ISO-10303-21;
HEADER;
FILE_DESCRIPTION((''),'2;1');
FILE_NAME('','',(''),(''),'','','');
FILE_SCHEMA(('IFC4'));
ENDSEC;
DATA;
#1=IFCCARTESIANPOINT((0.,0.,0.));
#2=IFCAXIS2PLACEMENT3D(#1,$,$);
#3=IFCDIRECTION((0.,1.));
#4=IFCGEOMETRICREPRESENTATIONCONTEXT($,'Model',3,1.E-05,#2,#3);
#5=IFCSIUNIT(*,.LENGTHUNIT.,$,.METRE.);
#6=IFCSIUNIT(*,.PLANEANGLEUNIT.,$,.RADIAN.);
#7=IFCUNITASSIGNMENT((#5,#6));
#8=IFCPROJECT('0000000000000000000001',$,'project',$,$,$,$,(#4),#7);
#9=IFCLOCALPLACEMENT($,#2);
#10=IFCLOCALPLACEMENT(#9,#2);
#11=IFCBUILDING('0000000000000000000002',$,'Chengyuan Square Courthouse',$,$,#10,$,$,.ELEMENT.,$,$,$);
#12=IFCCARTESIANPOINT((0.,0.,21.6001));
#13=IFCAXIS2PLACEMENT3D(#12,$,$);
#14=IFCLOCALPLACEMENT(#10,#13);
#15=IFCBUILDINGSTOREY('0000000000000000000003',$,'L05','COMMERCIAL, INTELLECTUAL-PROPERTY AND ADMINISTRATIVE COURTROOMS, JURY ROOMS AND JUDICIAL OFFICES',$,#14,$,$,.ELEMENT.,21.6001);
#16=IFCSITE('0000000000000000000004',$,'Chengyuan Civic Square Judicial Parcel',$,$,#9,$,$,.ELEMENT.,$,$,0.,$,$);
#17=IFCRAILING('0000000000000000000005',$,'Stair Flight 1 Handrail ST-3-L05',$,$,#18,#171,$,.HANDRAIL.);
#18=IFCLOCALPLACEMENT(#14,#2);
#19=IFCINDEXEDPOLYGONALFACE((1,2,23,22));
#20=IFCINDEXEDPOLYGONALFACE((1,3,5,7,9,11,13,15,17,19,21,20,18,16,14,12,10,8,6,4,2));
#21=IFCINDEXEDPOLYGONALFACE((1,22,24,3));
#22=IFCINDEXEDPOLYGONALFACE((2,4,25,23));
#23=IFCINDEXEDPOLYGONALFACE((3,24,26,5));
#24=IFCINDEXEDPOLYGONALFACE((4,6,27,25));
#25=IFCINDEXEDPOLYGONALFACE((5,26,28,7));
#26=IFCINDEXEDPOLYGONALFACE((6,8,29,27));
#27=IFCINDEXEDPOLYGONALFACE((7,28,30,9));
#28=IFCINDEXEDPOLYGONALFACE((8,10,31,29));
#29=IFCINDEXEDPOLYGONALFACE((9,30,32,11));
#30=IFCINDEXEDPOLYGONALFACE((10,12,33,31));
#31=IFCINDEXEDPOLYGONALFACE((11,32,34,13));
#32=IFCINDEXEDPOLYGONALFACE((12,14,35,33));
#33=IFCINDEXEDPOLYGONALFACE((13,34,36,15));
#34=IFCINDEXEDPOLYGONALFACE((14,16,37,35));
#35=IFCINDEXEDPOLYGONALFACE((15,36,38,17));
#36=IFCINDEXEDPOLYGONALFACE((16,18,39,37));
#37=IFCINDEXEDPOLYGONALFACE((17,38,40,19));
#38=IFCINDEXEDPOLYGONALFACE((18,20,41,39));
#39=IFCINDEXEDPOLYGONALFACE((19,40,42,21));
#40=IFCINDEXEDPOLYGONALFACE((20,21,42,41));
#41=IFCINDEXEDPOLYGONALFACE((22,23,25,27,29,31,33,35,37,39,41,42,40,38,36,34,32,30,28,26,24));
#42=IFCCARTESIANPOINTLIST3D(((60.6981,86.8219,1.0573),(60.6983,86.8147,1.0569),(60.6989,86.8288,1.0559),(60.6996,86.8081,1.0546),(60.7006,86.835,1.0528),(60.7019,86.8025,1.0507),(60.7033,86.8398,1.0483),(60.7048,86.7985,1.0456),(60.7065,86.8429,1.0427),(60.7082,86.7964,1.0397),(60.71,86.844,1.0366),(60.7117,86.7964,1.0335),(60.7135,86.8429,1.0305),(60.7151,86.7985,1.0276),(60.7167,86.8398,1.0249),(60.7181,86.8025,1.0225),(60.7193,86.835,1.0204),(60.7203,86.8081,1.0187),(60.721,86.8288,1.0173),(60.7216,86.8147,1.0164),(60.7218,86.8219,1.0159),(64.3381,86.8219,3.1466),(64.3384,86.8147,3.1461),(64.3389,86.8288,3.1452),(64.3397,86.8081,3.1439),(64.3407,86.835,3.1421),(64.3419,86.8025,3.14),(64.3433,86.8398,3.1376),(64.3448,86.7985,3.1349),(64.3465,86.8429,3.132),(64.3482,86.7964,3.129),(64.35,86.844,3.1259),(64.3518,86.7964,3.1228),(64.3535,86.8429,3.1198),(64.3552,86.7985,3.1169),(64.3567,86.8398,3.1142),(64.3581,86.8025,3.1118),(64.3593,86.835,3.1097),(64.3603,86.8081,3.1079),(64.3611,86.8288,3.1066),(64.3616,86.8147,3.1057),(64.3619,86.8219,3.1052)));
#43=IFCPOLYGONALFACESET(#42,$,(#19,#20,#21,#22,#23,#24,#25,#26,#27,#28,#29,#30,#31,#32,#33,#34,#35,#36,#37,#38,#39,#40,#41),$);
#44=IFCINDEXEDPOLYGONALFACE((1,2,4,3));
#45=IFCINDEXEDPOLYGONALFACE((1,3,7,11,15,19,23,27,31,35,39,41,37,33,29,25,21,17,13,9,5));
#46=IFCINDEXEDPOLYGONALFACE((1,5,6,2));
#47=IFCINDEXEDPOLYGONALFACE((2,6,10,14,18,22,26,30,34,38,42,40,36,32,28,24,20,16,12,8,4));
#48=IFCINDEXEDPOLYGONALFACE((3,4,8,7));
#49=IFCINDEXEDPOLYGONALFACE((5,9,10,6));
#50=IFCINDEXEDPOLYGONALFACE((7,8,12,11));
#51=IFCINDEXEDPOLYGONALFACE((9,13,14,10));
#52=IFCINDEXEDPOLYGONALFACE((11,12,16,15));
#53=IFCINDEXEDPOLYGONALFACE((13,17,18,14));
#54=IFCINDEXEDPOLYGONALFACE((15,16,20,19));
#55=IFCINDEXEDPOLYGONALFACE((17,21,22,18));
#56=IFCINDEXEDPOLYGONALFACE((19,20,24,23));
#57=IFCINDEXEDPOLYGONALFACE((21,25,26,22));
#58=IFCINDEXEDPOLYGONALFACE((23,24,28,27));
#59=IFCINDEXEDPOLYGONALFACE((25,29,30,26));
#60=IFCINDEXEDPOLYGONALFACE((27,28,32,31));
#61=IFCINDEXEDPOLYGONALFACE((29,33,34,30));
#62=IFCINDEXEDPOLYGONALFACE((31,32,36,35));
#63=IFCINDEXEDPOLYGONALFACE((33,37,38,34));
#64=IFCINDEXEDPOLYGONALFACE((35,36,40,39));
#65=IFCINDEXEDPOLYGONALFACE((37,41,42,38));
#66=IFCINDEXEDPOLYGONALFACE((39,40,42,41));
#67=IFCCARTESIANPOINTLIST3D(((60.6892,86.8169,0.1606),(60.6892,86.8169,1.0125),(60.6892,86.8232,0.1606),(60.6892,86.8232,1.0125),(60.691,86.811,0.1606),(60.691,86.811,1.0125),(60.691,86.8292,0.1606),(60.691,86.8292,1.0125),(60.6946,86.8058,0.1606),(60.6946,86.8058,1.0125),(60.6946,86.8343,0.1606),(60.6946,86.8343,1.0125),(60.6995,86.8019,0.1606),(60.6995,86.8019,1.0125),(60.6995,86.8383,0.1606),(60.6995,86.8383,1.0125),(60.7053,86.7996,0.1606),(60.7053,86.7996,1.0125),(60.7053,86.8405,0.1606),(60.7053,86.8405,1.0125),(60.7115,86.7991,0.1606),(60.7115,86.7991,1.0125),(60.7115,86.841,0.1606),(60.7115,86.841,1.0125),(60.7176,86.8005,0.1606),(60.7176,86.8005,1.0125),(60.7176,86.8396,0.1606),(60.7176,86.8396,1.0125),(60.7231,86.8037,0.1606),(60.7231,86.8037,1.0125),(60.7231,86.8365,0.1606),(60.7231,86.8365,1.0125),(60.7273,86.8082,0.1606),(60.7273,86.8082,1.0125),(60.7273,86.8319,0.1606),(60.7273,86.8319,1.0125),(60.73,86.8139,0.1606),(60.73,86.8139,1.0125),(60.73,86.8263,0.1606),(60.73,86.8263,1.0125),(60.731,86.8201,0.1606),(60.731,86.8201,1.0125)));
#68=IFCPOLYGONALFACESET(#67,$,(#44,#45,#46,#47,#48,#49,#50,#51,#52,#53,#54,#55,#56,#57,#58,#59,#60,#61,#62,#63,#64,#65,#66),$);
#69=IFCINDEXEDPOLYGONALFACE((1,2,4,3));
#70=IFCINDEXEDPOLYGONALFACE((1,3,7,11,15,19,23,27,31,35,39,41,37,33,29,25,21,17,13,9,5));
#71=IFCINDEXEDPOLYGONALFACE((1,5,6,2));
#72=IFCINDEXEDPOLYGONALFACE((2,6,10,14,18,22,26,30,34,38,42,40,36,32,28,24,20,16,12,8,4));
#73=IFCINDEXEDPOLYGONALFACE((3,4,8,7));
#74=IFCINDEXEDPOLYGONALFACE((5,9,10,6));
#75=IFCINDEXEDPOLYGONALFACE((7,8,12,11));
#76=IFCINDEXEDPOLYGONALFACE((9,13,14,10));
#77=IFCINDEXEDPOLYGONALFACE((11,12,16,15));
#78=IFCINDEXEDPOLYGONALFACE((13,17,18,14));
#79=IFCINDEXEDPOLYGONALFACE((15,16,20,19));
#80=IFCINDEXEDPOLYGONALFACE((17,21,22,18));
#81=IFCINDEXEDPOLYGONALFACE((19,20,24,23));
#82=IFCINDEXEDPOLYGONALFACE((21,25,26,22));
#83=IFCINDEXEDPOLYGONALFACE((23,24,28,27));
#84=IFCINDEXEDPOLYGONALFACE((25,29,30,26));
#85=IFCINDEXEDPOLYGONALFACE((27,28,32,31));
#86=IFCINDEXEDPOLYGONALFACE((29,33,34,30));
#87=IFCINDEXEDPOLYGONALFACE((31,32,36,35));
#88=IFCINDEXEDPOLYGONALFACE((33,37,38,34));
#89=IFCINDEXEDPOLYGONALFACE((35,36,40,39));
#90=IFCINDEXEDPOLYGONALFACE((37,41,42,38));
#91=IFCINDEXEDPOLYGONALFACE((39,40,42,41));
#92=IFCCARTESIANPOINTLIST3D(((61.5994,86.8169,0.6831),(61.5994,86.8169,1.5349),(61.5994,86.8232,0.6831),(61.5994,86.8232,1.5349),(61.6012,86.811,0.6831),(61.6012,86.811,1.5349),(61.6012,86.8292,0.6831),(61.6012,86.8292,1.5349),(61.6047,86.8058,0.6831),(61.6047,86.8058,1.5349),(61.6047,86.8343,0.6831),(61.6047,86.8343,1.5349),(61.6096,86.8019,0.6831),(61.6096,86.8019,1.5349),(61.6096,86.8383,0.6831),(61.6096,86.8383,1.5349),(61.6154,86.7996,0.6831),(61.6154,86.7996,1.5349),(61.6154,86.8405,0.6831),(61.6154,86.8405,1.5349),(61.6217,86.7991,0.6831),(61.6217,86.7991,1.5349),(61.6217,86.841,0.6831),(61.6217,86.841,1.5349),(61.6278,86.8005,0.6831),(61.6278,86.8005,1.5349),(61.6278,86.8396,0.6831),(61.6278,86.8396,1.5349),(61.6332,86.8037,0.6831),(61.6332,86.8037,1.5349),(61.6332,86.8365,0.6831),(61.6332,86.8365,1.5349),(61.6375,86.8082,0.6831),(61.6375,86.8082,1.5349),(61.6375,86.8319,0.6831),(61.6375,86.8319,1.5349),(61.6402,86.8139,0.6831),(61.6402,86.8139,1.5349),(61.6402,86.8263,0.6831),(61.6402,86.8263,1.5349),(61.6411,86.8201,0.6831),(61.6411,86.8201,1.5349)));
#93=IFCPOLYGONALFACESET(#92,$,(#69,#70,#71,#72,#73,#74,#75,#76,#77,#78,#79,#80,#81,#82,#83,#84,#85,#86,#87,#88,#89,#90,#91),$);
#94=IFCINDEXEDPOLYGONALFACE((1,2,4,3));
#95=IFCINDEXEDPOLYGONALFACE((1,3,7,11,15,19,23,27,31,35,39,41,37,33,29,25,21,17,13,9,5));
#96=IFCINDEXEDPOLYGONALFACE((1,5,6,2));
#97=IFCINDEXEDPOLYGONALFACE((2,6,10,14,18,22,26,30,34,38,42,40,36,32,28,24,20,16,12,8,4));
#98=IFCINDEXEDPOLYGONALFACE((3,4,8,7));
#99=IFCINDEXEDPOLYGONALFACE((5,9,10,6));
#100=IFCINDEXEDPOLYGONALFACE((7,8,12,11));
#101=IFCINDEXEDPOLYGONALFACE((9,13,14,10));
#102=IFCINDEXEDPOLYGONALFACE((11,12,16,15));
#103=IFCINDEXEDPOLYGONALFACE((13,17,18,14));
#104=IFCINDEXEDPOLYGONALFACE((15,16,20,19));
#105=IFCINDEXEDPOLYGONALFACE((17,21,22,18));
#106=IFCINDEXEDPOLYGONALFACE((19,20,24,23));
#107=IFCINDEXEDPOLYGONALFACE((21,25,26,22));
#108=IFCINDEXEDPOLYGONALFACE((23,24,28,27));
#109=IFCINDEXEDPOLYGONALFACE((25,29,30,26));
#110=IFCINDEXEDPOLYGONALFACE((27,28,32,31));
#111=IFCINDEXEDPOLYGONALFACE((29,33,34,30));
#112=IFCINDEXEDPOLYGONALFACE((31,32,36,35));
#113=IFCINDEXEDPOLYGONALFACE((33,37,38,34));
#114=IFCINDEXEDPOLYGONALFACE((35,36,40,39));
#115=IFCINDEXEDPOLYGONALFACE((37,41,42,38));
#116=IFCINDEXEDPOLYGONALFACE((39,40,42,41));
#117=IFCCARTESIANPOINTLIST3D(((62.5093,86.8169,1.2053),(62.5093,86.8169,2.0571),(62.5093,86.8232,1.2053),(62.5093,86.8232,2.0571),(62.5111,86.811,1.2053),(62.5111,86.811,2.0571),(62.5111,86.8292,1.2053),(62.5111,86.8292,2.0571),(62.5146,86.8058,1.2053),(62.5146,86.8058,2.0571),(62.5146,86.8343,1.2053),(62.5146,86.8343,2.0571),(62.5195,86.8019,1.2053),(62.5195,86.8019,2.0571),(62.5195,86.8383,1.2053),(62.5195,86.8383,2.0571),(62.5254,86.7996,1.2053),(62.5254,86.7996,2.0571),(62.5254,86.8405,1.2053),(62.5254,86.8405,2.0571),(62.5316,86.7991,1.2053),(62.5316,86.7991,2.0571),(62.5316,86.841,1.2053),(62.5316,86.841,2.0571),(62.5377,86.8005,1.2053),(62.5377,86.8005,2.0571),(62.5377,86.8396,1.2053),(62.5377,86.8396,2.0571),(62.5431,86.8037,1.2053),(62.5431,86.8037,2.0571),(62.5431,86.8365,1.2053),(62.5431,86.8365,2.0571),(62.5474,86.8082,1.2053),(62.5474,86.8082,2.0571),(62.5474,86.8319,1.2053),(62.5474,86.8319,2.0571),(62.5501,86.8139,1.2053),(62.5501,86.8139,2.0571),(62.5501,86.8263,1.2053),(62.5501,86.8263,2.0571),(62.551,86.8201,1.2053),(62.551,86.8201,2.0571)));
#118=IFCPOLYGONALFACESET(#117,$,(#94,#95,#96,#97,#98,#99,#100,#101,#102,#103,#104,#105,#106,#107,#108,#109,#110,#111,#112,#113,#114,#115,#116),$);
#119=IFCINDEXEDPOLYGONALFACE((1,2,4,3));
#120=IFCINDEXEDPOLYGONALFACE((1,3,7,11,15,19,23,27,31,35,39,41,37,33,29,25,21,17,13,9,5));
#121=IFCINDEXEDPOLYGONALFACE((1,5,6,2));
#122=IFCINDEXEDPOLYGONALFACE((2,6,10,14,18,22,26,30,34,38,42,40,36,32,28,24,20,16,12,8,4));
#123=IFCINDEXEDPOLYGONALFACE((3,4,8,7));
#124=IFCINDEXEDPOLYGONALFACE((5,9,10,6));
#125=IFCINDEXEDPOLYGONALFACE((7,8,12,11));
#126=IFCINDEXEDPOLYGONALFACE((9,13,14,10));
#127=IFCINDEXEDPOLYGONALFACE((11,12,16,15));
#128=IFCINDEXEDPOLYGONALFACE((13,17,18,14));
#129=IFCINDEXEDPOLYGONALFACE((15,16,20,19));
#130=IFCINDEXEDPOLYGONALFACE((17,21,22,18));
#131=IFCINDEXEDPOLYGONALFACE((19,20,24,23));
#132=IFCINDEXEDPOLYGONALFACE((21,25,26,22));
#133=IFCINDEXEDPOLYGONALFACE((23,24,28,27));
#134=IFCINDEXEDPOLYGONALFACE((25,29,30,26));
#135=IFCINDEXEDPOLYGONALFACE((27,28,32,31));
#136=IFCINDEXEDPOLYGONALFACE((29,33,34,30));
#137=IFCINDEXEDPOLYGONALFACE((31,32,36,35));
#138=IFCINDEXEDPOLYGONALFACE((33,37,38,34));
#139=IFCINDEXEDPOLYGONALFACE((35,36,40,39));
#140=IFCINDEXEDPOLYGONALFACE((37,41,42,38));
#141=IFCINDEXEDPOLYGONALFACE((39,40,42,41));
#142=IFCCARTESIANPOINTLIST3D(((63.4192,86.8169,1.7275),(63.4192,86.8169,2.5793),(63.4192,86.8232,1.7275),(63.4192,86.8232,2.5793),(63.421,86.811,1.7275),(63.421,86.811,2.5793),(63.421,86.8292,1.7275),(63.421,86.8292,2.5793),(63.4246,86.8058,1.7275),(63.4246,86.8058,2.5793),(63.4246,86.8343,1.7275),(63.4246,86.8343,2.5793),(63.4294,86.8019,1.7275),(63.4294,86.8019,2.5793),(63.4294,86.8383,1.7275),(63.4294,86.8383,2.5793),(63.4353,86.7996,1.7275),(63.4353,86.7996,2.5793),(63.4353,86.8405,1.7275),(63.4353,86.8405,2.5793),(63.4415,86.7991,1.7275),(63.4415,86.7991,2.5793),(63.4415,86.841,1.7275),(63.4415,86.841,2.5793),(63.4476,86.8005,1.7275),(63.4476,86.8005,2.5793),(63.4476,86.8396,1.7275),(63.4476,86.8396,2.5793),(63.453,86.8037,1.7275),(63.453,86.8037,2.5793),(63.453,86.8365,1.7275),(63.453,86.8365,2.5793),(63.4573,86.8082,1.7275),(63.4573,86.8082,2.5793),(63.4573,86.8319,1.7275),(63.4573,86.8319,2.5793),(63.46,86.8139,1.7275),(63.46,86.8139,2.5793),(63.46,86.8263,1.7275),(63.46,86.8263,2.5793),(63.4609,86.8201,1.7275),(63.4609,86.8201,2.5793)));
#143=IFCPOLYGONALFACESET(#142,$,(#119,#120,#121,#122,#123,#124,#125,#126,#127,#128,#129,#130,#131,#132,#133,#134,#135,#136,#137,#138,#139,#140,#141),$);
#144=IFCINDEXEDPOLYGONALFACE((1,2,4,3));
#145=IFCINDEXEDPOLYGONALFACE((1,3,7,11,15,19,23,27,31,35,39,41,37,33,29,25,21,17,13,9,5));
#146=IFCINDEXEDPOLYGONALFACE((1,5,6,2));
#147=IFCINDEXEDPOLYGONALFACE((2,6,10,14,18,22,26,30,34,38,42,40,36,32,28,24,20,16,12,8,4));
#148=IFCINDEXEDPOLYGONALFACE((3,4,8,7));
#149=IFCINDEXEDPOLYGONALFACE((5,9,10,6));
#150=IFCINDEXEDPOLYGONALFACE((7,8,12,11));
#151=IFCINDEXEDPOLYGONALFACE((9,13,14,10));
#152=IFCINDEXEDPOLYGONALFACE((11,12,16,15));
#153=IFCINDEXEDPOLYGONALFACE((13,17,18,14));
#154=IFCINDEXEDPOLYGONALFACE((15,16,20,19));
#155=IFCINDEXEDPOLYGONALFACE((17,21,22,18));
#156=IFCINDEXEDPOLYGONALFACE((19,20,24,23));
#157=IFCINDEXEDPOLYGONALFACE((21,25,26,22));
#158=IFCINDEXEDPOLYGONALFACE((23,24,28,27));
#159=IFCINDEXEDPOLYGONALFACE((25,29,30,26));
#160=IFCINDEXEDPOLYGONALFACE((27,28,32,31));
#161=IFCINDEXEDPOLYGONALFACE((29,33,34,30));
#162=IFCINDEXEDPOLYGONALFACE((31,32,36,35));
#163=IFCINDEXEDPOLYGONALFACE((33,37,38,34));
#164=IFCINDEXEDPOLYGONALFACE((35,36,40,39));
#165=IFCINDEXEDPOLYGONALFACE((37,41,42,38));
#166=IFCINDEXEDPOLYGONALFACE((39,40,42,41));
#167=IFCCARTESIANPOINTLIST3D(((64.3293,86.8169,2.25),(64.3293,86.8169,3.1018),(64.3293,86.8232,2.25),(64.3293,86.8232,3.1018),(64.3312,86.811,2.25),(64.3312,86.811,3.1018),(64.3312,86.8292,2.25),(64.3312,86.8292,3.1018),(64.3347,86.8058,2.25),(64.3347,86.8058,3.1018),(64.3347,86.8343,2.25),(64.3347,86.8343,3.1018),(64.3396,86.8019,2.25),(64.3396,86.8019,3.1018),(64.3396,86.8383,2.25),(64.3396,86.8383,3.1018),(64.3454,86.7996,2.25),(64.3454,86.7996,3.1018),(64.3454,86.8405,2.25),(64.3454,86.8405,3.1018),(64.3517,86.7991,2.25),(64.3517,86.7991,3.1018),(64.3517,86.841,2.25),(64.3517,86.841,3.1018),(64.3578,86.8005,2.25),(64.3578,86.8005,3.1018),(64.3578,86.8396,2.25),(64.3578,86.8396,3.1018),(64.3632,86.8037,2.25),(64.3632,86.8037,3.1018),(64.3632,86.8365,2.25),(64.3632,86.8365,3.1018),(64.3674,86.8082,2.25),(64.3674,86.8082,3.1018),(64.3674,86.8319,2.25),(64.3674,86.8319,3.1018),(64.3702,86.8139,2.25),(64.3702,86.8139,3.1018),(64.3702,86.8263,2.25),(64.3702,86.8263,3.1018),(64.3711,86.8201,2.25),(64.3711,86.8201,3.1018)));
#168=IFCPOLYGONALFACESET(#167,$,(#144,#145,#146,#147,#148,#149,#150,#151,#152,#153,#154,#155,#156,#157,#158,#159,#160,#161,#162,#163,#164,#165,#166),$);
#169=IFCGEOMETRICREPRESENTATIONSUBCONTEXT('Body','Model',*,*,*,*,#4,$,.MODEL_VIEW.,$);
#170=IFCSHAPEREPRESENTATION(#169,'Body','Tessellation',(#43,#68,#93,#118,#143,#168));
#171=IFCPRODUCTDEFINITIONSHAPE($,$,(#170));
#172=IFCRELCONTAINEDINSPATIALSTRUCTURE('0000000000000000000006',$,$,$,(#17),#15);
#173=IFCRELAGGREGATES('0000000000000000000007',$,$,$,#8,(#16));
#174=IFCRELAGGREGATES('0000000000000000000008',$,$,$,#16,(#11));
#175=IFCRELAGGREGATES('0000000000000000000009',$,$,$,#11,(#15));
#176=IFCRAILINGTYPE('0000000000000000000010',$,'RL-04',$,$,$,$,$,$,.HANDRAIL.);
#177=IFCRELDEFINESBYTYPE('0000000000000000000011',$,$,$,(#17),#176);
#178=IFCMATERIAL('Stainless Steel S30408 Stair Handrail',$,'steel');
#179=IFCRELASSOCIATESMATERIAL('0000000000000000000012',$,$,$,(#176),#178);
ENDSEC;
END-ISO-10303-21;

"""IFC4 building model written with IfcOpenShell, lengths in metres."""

from ifc_helpers import new_model, si_unit, direction, frame, origin, origin_2d, place, context, subcontext, project, spatial, circle, extrude, material, type_object, element, save


model = new_model("IFC4")

# Units and contexts
model_context = context("Model", 3, precision=1e-05, world=origin(), true_north=direction((0.0, 1.0)))
body_context = subcontext(model_context, "Body", "Model", "MODEL_VIEW")
ifc_project = project(units=[si_unit("LENGTHUNIT", "METRE"), si_unit("PLANEANGLEUNIT", "RADIAN")], contexts=[model_context])

# Site, building, storey
site_placement = place(None, origin())
site = spatial("IfcSite", under=ifc_project, at=site_placement, Name="Chengyuan Civic Square Judicial Parcel", CompositionType="ELEMENT", RefElevation=0.0)
building_placement = place(site_placement, origin())
building = spatial("IfcBuilding", under=site, at=building_placement, Name="Chengyuan Square Courthouse", CompositionType="ELEMENT")
storey_placement = place(building_placement, frame((0.0, 0.0, 21.6001)))
storey = spatial("IfcBuildingStorey", under=building, at=storey_placement, Name="L05", Description="COMMERCIAL, INTELLECTUAL-PROPERTY AND ADMINISTRATIVE COURTROOMS, JURY ROOMS AND JUDICIAL OFFICES", CompositionType="ELEMENT", Elevation=21.6001)

# Railing
ifc_material_1 = material(Name="Stainless Steel S30408 Stair Handrail", Category="steel")
railing_type_1 = type_object("IfcRailingType", Name="RL-04", PredefinedType="HANDRAIL", material=ifc_material_1)
railing_1_placement = place(storey_placement, frame((60.71, 86.8201, 0.1606)))
element("IfcRailing", 1, at=railing_1_placement, inside=storey, type_object=railing_type_1, Name="Stair Flight 1 Handrail ST-3-L05", PredefinedType="HANDRAIL", context=body_context, shape_type="SweptSolid", body=[
    extrude(circle(Radius=0.0239, at=origin_2d()), frame((0.0, 0.0, 0.876), z_axis=(0.867289, 0.0, 0.497804), x_axis=(0.0, 1.0, 0.0)), (0.0, 0.0, 1.0), 4.197),
    extrude(circle(Radius=0.021, at=origin_2d()), origin(), (0.0, 0.0, 1.0), 0.8518),
    extrude(circle(Radius=0.021, at=origin_2d()), frame((0.9102, 0.0, 0.5225)), (0.0, 0.0, 1.0), 0.8518),
    extrude(circle(Radius=0.021, at=origin_2d()), frame((1.8201, 0.0, 1.0447)), (0.0, 0.0, 1.0), 0.8518),
    extrude(circle(Radius=0.021, at=origin_2d()), frame((2.73, 0.0, 1.5669)), (0.0, 0.0, 1.0), 0.8518),
    extrude(circle(Radius=0.021, at=origin_2d()), frame((3.6401, 0.0, 2.0894)), (0.0, 0.0, 1.0), 0.8518),
])

save(model, "model.ifc")
